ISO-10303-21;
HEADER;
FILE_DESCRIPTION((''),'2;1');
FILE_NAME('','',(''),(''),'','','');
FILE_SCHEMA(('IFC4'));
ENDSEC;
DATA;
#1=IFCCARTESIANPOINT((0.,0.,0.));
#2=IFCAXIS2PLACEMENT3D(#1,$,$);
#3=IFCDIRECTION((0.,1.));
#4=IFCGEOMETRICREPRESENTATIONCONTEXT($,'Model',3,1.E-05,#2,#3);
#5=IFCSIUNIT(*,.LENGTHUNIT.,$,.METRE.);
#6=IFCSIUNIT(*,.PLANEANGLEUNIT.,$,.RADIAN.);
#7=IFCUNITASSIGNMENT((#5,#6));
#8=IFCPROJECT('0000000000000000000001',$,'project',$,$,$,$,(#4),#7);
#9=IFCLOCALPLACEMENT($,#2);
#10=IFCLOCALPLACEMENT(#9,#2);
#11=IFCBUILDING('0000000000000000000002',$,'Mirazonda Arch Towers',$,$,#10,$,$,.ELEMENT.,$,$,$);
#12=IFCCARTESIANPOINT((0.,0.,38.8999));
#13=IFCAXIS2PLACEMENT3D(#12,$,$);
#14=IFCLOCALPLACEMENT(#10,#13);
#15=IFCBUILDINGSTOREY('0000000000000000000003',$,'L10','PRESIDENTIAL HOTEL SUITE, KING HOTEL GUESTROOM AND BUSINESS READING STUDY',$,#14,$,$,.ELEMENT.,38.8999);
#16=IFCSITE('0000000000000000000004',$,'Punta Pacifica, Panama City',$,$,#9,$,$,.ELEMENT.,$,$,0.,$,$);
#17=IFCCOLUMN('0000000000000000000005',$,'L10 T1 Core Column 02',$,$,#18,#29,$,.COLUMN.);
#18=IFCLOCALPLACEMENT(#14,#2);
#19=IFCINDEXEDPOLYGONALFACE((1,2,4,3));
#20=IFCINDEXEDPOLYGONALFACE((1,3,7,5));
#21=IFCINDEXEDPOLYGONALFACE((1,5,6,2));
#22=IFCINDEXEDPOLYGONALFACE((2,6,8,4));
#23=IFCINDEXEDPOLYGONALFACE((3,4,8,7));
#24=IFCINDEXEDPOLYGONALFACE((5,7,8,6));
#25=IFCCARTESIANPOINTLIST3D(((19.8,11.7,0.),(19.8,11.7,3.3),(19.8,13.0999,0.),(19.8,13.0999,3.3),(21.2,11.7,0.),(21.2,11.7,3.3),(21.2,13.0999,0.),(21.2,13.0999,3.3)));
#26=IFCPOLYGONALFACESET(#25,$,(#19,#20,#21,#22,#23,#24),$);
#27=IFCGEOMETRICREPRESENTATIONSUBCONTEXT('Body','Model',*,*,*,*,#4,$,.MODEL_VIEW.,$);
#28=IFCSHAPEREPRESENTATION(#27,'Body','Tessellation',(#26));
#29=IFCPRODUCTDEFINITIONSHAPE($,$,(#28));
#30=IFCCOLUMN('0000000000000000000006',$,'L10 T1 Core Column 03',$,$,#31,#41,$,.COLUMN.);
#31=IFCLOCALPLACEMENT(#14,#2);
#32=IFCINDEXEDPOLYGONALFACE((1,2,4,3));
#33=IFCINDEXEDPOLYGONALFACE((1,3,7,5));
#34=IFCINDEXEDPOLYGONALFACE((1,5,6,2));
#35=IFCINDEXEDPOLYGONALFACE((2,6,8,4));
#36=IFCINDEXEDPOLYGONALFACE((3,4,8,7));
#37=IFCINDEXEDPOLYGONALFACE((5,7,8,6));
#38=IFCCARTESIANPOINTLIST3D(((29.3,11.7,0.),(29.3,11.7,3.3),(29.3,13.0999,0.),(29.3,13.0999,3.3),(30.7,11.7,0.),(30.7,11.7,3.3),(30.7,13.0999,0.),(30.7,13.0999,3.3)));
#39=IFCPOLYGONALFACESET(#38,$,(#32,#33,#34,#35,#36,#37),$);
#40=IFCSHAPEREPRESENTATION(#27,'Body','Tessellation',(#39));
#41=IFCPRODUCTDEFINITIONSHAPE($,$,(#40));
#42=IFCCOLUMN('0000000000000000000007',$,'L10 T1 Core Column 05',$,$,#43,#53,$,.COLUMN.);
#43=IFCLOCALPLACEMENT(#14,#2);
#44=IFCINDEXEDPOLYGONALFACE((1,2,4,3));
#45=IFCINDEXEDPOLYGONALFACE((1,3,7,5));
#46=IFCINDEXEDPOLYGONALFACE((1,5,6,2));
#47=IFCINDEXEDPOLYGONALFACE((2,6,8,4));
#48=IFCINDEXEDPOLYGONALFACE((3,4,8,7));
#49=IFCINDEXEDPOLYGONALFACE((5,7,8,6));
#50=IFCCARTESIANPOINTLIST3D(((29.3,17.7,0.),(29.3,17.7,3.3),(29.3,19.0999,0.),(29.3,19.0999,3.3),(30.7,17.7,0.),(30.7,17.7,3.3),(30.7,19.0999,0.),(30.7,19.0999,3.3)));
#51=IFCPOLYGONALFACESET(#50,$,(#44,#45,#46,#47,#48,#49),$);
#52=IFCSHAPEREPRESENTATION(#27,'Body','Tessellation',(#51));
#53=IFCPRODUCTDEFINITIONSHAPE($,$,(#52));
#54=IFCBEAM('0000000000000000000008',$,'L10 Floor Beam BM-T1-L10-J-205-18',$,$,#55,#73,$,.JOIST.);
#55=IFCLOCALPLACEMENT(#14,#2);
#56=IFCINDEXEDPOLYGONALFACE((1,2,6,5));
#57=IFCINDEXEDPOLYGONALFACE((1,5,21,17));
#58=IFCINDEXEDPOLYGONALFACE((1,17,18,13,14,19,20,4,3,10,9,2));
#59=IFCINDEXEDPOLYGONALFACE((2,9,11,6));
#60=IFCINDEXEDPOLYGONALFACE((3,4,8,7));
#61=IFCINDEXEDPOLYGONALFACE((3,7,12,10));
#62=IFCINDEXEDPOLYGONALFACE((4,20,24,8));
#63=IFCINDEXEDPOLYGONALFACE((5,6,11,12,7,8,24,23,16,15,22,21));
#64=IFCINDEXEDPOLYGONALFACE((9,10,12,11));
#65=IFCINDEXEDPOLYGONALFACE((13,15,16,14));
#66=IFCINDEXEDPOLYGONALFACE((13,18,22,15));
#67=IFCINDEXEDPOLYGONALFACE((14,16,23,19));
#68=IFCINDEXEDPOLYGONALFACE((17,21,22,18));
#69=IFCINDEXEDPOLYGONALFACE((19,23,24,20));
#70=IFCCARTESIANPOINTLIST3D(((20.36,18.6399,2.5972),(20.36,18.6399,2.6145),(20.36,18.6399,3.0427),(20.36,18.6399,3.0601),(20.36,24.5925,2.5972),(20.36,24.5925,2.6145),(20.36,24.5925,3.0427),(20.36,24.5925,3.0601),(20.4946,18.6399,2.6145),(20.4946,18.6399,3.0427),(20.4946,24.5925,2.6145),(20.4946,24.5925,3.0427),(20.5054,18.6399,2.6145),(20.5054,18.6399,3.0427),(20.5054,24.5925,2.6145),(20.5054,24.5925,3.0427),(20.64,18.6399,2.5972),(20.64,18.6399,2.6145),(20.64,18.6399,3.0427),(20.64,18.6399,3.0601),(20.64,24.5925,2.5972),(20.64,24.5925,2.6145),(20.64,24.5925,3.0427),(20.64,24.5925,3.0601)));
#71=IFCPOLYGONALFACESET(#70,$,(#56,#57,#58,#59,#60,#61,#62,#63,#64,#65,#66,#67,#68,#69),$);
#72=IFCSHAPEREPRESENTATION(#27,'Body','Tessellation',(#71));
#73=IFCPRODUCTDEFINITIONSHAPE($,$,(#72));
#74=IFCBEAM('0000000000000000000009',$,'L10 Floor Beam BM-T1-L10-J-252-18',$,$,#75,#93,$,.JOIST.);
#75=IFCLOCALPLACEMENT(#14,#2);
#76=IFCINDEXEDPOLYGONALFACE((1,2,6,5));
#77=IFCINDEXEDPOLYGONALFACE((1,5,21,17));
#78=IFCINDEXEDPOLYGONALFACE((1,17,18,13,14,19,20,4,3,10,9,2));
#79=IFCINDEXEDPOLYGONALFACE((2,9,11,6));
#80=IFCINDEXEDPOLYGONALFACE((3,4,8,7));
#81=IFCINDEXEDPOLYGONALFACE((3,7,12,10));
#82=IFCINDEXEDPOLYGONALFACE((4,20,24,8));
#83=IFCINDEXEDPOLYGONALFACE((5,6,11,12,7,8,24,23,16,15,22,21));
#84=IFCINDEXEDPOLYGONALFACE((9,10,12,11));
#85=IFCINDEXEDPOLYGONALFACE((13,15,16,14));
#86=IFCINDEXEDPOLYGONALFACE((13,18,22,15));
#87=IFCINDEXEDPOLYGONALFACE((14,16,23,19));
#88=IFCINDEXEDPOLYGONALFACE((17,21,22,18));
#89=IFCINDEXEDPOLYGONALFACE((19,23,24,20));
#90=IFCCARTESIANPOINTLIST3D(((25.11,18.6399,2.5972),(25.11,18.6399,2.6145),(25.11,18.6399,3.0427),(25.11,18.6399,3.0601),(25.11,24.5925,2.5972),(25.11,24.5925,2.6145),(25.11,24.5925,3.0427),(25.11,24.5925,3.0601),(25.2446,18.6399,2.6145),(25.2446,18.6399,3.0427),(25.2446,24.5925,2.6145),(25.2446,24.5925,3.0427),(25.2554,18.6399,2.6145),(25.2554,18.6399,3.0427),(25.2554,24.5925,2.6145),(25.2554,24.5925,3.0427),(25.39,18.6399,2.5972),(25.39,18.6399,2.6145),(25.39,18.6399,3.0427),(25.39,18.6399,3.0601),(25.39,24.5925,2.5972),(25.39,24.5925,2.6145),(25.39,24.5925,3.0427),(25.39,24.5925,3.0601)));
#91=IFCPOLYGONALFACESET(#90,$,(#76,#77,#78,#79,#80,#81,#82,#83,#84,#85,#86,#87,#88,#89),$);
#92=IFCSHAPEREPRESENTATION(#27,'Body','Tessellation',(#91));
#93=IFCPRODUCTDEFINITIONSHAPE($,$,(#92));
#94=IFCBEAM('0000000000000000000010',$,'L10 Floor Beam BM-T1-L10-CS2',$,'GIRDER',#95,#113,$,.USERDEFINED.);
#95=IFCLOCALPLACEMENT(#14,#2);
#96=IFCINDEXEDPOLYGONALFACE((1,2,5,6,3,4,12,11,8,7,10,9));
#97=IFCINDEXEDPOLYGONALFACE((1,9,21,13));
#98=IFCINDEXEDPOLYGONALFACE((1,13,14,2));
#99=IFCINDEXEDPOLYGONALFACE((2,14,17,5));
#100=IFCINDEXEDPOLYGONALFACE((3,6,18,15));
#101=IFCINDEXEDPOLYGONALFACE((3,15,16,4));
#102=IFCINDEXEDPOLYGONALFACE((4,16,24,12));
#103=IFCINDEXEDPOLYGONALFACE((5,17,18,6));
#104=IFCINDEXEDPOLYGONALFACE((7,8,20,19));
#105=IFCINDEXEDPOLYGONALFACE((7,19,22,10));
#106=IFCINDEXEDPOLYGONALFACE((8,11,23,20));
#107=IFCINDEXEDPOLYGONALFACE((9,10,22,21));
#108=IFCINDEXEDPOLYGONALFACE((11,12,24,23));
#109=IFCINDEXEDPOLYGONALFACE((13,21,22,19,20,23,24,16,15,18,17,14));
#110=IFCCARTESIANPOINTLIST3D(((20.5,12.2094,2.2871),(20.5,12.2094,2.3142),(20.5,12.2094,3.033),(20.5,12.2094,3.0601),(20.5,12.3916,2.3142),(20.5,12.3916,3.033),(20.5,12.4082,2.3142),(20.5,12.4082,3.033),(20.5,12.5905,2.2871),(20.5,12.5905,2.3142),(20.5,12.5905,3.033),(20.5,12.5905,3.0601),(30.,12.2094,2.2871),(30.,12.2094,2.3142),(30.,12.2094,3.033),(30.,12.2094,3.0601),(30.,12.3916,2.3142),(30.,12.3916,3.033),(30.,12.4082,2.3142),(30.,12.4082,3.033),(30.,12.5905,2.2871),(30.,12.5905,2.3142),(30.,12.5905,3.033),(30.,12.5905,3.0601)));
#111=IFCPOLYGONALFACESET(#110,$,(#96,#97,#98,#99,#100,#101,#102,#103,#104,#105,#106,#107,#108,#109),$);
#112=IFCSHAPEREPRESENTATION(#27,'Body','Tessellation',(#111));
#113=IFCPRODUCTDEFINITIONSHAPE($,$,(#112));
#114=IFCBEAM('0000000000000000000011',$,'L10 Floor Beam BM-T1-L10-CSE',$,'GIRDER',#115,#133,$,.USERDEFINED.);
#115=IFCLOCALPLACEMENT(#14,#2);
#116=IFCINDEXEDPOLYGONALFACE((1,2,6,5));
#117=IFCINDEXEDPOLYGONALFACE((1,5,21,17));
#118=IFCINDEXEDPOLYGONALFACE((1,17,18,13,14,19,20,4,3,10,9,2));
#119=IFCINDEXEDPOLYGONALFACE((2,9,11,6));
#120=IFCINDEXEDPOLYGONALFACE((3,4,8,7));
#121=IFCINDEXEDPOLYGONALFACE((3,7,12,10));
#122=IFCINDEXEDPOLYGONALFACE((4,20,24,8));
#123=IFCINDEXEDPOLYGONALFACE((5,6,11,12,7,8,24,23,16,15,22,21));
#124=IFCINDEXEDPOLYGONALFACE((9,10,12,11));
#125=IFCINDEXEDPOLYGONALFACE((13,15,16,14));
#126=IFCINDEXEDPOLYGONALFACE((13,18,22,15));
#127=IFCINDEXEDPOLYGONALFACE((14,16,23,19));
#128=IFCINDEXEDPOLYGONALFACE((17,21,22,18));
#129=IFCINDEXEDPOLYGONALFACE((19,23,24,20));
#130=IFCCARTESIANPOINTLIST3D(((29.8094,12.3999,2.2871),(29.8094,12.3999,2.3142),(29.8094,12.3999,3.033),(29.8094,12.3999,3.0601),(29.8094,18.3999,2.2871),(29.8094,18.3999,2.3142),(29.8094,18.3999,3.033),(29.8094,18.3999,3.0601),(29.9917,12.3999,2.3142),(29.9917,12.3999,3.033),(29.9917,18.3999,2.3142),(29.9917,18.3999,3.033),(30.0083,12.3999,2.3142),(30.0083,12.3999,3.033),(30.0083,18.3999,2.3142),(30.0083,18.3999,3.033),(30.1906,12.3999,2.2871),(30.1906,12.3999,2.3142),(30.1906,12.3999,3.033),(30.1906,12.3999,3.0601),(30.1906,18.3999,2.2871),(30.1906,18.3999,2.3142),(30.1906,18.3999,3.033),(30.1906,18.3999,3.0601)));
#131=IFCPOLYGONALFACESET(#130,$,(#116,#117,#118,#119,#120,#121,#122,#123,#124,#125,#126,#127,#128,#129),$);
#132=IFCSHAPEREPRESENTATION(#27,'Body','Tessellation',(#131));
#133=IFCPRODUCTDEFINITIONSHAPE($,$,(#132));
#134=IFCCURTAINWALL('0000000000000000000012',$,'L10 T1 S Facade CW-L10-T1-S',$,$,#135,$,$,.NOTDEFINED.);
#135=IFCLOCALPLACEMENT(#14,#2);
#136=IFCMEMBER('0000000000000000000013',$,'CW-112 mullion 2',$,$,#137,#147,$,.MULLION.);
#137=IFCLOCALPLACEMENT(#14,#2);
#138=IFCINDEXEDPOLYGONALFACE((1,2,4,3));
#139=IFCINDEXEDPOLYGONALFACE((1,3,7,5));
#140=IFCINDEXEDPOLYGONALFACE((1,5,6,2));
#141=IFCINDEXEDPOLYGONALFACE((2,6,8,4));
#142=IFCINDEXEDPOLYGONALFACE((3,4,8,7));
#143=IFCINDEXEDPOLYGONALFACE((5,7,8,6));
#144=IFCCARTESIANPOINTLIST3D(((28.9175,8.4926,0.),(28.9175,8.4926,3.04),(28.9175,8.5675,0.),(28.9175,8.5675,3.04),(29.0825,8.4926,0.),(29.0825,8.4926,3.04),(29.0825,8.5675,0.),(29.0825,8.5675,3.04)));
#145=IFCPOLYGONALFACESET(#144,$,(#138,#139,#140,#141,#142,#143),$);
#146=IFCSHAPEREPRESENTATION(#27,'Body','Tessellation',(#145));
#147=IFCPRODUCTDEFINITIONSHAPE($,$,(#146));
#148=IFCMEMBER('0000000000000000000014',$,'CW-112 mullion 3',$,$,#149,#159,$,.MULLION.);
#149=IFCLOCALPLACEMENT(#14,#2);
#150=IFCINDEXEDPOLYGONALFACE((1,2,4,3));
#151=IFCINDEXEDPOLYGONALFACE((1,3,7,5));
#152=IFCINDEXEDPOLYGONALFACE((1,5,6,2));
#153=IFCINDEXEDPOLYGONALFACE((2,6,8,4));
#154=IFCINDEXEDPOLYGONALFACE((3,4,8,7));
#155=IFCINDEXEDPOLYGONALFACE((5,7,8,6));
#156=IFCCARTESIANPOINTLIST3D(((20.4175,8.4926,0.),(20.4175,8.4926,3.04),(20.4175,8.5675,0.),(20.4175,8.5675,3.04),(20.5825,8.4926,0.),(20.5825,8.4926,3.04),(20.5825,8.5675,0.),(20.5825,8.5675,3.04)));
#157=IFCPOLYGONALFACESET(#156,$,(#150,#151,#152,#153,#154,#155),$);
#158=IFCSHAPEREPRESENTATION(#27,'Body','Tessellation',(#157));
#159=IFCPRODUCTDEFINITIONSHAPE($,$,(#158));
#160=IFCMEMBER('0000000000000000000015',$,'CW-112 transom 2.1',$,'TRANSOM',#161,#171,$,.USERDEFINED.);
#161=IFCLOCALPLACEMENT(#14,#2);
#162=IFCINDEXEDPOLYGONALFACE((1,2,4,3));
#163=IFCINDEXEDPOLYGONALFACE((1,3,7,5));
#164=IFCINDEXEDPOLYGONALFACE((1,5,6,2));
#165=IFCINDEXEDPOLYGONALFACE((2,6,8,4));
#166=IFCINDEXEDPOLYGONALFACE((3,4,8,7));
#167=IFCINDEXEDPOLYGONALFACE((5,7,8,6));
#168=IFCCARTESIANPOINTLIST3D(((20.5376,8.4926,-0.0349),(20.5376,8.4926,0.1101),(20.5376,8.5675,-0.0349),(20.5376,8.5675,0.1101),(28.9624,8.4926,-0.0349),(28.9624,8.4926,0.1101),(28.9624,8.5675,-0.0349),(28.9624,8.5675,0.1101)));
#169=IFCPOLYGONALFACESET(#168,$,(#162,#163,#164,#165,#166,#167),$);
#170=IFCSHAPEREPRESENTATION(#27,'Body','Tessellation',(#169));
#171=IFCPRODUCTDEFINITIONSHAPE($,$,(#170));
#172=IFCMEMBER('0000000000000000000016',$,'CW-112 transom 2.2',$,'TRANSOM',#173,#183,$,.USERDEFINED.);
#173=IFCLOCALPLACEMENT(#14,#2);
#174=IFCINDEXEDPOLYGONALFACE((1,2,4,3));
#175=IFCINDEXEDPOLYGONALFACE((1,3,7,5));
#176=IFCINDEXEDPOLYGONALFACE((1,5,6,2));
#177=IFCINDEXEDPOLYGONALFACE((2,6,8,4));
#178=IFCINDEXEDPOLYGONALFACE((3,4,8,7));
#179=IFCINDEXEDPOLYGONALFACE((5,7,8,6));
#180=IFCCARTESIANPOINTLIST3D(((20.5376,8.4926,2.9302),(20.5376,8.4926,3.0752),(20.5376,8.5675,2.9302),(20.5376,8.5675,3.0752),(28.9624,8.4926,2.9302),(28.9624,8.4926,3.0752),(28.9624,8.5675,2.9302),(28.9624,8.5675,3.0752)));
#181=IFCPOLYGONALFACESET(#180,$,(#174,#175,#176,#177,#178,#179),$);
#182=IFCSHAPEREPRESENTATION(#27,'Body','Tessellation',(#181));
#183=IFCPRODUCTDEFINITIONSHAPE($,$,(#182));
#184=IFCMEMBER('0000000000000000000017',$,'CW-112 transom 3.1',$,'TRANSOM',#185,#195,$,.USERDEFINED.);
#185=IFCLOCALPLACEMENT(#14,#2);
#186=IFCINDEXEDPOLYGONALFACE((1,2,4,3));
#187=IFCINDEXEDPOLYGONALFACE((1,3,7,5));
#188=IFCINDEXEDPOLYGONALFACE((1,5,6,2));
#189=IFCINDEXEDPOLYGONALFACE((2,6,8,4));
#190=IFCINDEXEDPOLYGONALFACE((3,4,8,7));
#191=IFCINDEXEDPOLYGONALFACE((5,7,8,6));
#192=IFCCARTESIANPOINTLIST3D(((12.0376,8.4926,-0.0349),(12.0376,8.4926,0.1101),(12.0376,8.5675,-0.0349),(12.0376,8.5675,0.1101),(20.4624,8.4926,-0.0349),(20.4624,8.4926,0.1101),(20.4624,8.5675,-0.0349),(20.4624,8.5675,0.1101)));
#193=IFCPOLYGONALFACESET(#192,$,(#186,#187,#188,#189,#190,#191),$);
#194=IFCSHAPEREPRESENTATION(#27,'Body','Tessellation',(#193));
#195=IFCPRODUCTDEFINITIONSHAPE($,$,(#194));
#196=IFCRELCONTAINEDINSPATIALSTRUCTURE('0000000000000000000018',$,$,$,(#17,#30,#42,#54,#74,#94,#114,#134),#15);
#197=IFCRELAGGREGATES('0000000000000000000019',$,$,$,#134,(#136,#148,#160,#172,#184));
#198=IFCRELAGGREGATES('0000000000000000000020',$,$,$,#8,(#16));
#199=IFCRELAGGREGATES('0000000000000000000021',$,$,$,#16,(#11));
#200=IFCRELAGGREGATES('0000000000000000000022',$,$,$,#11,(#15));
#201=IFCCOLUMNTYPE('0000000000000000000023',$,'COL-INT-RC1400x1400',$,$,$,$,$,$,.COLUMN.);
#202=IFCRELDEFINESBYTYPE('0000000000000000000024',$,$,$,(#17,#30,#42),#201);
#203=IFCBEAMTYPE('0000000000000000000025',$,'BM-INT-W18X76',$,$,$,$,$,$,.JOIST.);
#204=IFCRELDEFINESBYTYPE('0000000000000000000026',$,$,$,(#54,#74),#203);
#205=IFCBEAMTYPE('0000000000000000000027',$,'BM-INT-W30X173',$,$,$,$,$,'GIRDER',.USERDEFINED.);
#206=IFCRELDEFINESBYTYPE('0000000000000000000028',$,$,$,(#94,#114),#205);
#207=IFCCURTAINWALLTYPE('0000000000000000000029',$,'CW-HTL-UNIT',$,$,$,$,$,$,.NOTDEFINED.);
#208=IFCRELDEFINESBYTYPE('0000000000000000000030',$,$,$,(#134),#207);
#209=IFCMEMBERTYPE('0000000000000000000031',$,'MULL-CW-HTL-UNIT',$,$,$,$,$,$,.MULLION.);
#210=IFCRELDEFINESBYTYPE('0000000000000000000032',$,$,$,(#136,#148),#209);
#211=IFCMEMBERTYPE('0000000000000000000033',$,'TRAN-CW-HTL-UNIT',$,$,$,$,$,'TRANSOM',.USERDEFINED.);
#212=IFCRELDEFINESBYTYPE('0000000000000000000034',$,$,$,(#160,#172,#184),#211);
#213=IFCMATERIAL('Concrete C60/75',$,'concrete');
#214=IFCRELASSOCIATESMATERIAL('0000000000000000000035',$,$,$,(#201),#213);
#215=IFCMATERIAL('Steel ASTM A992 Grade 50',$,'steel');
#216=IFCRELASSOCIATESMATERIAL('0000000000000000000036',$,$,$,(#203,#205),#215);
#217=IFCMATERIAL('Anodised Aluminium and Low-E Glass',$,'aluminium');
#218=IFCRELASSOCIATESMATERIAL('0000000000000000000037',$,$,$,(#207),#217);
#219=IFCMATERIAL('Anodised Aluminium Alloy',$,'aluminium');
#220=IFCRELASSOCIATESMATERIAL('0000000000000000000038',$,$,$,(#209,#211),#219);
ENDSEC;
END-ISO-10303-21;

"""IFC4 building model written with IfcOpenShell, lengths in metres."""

from ifc_helpers import new_model, si_unit, direction, frame, origin, origin_2d, place, context, subcontext, project, spatial, rectangle, i_section, extrude, material, material_profile, profile_set, type_object, element, aggregate, save


model = new_model("IFC4")

# Units and contexts
model_context = context("Model", 3, precision=1e-05, world=origin(), true_north=direction((0.0, 1.0)))
body_context = subcontext(model_context, "Body", "Model", "MODEL_VIEW")
ifc_project = project(units=[si_unit("LENGTHUNIT", "METRE"), si_unit("PLANEANGLEUNIT", "RADIAN")], contexts=[model_context])

# Site, building, storey
site_placement = place(None, origin())
site = spatial("IfcSite", under=ifc_project, at=site_placement, Name="Punta Pacifica, Panama City", CompositionType="ELEMENT", RefElevation=0.0)
building_placement = place(site_placement, origin())
building = spatial("IfcBuilding", under=site, at=building_placement, Name="Mirazonda Arch Towers", CompositionType="ELEMENT")
storey_placement = place(building_placement, frame((0.0, 0.0, 38.8999)))
storey = spatial("IfcBuildingStorey", under=building, at=storey_placement, Name="L10", Description="PRESIDENTIAL HOTEL SUITE, KING HOTEL GUESTROOM AND BUSINESS READING STUDY", CompositionType="ELEMENT", Elevation=38.8999)

# Columns
ifc_material_1 = material(Name="Concrete C60/75", Category="concrete")
ifc_material_profile_1 = material_profile(ifc_material_1, rectangle(XDim=1.3999, YDim=1.3999, at=origin_2d()), Name="RC1400x1400")
ifc_profile_set_1 = profile_set([ifc_material_profile_1], Name="Concrete C60/75")
column_type = type_object("IfcColumnType", Name="COL-INT-RC1400x1400", PredefinedType="COLUMN", material=ifc_profile_set_1)
for number, where, z_axis, x_axis, name in (
    (1, (20.5, 12.3999, 0.0), (0.0, 0.0, 1.0), (1.0, 0.0, 0.0), "L10 T1 Core Column 02"),
    (2, (30.0, 12.3999, 0.0), (0.0, 0.0, 1.0), (1.0, 0.0, 0.0), "L10 T1 Core Column 03"),
    (3, (30.0, 18.3999, 0.0), (0.0, 0.0, 1.0), (1.0, 0.0, 0.0), "L10 T1 Core Column 05"),
):
    element("IfcColumn", number, at=place(storey_placement, frame(where, z_axis=z_axis, x_axis=x_axis)), inside=storey, type_object=column_type, Name=name, PredefinedType="COLUMN", context=body_context, shape_type="SweptSolid", body=[
        extrude(rectangle(XDim=1.3999, YDim=1.3999, at=origin_2d()), origin(), (0.0, 0.0, 1.0), 3.3),
    ])

# Beams
ifc_material_2 = material(Name="Steel ASTM A992 Grade 50", Category="steel")
ifc_material_profile_2 = material_profile(ifc_material_2, i_section(OverallWidth=0.28, OverallDepth=0.4629, WebThickness=0.0107, FlangeThickness=0.0173, at=origin_2d()), Name="W18X76")
ifc_profile_set_2 = profile_set([ifc_material_profile_2], Name="Steel ASTM A992 Grade 50")
beam_type_1 = type_object("IfcBeamType", Name="BM-INT-W18X76", PredefinedType="JOIST", material=ifc_profile_set_2)
for number, where, z_axis, x_axis, name in (
    (4, (20.5, 18.6399, 2.8286), (0.0, 1.0, 0.0), (-1.0, 0.0, 0.0), "L10 Floor Beam BM-T1-L10-J-205-18"),
    (5, (25.25, 18.6399, 2.8286), (0.0, 1.0, 0.0), (-1.0, 0.0, 0.0), "L10 Floor Beam BM-T1-L10-J-252-18"),
):
    element("IfcBeam", number, at=place(storey_placement, frame(where, z_axis=z_axis, x_axis=x_axis)), inside=storey, type_object=beam_type_1, Name=name, PredefinedType="JOIST", context=body_context, shape_type="SweptSolid", body=[
        extrude(i_section(OverallWidth=0.28, OverallDepth=0.4629, WebThickness=0.0107, FlangeThickness=0.0173, at=origin_2d()), origin(), (0.0, 0.0, 1.0), 5.9526),
    ])
ifc_material_profile_3 = material_profile(ifc_material_2, i_section(OverallWidth=0.3811, OverallDepth=0.7729, WebThickness=0.0166, FlangeThickness=0.0271, at=origin_2d()), Name="W30X173")
ifc_profile_set_3 = profile_set([ifc_material_profile_3], Name="Steel ASTM A992 Grade 50")
beam_type_2 = type_object("IfcBeamType", Name="BM-INT-W30X173", ElementType="GIRDER", PredefinedType="USERDEFINED", material=ifc_profile_set_3)
beam_1_placement = place(storey_placement, frame((20.5, 12.3999, 2.6736), z_axis=(1.0, 0.0, 0.0), x_axis=(0.0, 1.0, 0.0)))
element("IfcBeam", 6, at=beam_1_placement, inside=storey, type_object=beam_type_2, Name="L10 Floor Beam BM-T1-L10-CS2", ObjectType="GIRDER", PredefinedType="USERDEFINED", context=body_context, shape_type="SweptSolid", body=[
    extrude(i_section(OverallWidth=0.3811, OverallDepth=0.7729, WebThickness=0.0166, FlangeThickness=0.0271, at=origin_2d()), origin(), (0.0, 0.0, 1.0), 9.5),
])
beam_2_placement = place(storey_placement, frame((30.0, 12.3999, 2.6736), z_axis=(0.0, 1.0, 0.0), x_axis=(-1.0, 0.0, 0.0)))
element("IfcBeam", 7, at=beam_2_placement, inside=storey, type_object=beam_type_2, Name="L10 Floor Beam BM-T1-L10-CSE", ObjectType="GIRDER", PredefinedType="USERDEFINED", context=body_context, shape_type="SweptSolid", body=[
    extrude(i_section(OverallWidth=0.3811, OverallDepth=0.7729, WebThickness=0.0166, FlangeThickness=0.0271, at=origin_2d()), origin(), (0.0, 0.0, 1.0), 6.0),
])

# Curtain wall, members
ifc_material_3 = material(Name="Anodised Aluminium and Low-E Glass", Category="aluminium")
curtain_wall_type = type_object("IfcCurtainWallType", Name="CW-HTL-UNIT", PredefinedType="NOTDEFINED", material=ifc_material_3)
curtain_wall_placement = place(storey_placement, origin())
curtain_wall = element("IfcCurtainWall", 8, at=curtain_wall_placement, inside=storey, type_object=curtain_wall_type, Name="L10 T1 S Facade CW-L10-T1-S", PredefinedType="NOTDEFINED")
ifc_material_4 = material(Name="Anodised Aluminium Alloy", Category="aluminium")
ifc_material_profile_4 = material_profile(ifc_material_4, rectangle(XDim=0.075, YDim=0.165, at=origin_2d()), Name="ALU-MULL-75x165")
ifc_profile_set_4 = profile_set([ifc_material_profile_4], Name="Anodised Aluminium Alloy")
member_type_1 = type_object("IfcMemberType", Name="MULL-CW-HTL-UNIT", PredefinedType="MULLION", material=ifc_profile_set_4)
member_1_placement = place(storey_placement, frame((29.0, 8.53, 0.0), z_axis=(0.0, 0.0, 1.0), x_axis=(0.0, -1.0, 0.0)))
member_1 = element("IfcMember", 9, at=member_1_placement, type_object=member_type_1, Name="CW-112 mullion 2", PredefinedType="MULLION", context=body_context, shape_type="SweptSolid", body=[
    extrude(rectangle(XDim=0.075, YDim=0.165, at=origin_2d()), origin(), (0.0, 0.0, 1.0), 3.04),
])
member_2_placement = place(storey_placement, frame((20.5, 8.53, 0.0), z_axis=(0.0, 0.0, 1.0), x_axis=(0.0, -1.0, 0.0)))
member_2 = element("IfcMember", 10, at=member_2_placement, type_object=member_type_1, Name="CW-112 mullion 3", PredefinedType="MULLION", context=body_context, shape_type="SweptSolid", body=[
    extrude(rectangle(XDim=0.075, YDim=0.165, at=origin_2d()), origin(), (0.0, 0.0, 1.0), 3.04),
])
ifc_material_profile_5 = material_profile(ifc_material_4, rectangle(XDim=0.075, YDim=0.145, at=origin_2d()), Name="ALU-TRAN-75x145")
ifc_profile_set_5 = profile_set([ifc_material_profile_5], Name="Anodised Aluminium Alloy")
member_type_2 = type_object("IfcMemberType", Name="TRAN-CW-HTL-UNIT", ElementType="TRANSOM", PredefinedType="USERDEFINED", material=ifc_profile_set_5)
member_3_placement = place(storey_placement, frame((28.9624, 8.53, 0.0376), z_axis=(-1.0, 0.0, 0.0), x_axis=(0.0, -1.0, 0.0)))
member_3 = element("IfcMember", 11, at=member_3_placement, type_object=member_type_2, Name="CW-112 transom 2.1", ObjectType="TRANSOM", PredefinedType="USERDEFINED", context=body_context, shape_type="SweptSolid", body=[
    extrude(rectangle(XDim=0.075, YDim=0.145, at=origin_2d()), origin(), (0.0, 0.0, 1.0), 8.4248),
])
member_4_placement = place(storey_placement, frame((28.9624, 8.53, 3.0027), z_axis=(-1.0, 0.0, 0.0), x_axis=(0.0, -1.0, 0.0)))
member_4 = element("IfcMember", 12, at=member_4_placement, type_object=member_type_2, Name="CW-112 transom 2.2", ObjectType="TRANSOM", PredefinedType="USERDEFINED", context=body_context, shape_type="SweptSolid", body=[
    extrude(rectangle(XDim=0.075, YDim=0.145, at=origin_2d()), origin(), (0.0, 0.0, 1.0), 8.4248),
])
member_5_placement = place(storey_placement, frame((20.4624, 8.53, 0.0376), z_axis=(-1.0, 0.0, 0.0), x_axis=(0.0, -1.0, 0.0)))
member_5 = element("IfcMember", 13, at=member_5_placement, type_object=member_type_2, Name="CW-112 transom 3.1", ObjectType="TRANSOM", PredefinedType="USERDEFINED", context=body_context, shape_type="SweptSolid", body=[
    extrude(rectangle(XDim=0.075, YDim=0.145, at=origin_2d()), origin(), (0.0, 0.0, 1.0), 8.4248),
])
aggregate(curtain_wall, [member_1, member_2, member_3, member_4, member_5])

save(model, "model.ifc")
